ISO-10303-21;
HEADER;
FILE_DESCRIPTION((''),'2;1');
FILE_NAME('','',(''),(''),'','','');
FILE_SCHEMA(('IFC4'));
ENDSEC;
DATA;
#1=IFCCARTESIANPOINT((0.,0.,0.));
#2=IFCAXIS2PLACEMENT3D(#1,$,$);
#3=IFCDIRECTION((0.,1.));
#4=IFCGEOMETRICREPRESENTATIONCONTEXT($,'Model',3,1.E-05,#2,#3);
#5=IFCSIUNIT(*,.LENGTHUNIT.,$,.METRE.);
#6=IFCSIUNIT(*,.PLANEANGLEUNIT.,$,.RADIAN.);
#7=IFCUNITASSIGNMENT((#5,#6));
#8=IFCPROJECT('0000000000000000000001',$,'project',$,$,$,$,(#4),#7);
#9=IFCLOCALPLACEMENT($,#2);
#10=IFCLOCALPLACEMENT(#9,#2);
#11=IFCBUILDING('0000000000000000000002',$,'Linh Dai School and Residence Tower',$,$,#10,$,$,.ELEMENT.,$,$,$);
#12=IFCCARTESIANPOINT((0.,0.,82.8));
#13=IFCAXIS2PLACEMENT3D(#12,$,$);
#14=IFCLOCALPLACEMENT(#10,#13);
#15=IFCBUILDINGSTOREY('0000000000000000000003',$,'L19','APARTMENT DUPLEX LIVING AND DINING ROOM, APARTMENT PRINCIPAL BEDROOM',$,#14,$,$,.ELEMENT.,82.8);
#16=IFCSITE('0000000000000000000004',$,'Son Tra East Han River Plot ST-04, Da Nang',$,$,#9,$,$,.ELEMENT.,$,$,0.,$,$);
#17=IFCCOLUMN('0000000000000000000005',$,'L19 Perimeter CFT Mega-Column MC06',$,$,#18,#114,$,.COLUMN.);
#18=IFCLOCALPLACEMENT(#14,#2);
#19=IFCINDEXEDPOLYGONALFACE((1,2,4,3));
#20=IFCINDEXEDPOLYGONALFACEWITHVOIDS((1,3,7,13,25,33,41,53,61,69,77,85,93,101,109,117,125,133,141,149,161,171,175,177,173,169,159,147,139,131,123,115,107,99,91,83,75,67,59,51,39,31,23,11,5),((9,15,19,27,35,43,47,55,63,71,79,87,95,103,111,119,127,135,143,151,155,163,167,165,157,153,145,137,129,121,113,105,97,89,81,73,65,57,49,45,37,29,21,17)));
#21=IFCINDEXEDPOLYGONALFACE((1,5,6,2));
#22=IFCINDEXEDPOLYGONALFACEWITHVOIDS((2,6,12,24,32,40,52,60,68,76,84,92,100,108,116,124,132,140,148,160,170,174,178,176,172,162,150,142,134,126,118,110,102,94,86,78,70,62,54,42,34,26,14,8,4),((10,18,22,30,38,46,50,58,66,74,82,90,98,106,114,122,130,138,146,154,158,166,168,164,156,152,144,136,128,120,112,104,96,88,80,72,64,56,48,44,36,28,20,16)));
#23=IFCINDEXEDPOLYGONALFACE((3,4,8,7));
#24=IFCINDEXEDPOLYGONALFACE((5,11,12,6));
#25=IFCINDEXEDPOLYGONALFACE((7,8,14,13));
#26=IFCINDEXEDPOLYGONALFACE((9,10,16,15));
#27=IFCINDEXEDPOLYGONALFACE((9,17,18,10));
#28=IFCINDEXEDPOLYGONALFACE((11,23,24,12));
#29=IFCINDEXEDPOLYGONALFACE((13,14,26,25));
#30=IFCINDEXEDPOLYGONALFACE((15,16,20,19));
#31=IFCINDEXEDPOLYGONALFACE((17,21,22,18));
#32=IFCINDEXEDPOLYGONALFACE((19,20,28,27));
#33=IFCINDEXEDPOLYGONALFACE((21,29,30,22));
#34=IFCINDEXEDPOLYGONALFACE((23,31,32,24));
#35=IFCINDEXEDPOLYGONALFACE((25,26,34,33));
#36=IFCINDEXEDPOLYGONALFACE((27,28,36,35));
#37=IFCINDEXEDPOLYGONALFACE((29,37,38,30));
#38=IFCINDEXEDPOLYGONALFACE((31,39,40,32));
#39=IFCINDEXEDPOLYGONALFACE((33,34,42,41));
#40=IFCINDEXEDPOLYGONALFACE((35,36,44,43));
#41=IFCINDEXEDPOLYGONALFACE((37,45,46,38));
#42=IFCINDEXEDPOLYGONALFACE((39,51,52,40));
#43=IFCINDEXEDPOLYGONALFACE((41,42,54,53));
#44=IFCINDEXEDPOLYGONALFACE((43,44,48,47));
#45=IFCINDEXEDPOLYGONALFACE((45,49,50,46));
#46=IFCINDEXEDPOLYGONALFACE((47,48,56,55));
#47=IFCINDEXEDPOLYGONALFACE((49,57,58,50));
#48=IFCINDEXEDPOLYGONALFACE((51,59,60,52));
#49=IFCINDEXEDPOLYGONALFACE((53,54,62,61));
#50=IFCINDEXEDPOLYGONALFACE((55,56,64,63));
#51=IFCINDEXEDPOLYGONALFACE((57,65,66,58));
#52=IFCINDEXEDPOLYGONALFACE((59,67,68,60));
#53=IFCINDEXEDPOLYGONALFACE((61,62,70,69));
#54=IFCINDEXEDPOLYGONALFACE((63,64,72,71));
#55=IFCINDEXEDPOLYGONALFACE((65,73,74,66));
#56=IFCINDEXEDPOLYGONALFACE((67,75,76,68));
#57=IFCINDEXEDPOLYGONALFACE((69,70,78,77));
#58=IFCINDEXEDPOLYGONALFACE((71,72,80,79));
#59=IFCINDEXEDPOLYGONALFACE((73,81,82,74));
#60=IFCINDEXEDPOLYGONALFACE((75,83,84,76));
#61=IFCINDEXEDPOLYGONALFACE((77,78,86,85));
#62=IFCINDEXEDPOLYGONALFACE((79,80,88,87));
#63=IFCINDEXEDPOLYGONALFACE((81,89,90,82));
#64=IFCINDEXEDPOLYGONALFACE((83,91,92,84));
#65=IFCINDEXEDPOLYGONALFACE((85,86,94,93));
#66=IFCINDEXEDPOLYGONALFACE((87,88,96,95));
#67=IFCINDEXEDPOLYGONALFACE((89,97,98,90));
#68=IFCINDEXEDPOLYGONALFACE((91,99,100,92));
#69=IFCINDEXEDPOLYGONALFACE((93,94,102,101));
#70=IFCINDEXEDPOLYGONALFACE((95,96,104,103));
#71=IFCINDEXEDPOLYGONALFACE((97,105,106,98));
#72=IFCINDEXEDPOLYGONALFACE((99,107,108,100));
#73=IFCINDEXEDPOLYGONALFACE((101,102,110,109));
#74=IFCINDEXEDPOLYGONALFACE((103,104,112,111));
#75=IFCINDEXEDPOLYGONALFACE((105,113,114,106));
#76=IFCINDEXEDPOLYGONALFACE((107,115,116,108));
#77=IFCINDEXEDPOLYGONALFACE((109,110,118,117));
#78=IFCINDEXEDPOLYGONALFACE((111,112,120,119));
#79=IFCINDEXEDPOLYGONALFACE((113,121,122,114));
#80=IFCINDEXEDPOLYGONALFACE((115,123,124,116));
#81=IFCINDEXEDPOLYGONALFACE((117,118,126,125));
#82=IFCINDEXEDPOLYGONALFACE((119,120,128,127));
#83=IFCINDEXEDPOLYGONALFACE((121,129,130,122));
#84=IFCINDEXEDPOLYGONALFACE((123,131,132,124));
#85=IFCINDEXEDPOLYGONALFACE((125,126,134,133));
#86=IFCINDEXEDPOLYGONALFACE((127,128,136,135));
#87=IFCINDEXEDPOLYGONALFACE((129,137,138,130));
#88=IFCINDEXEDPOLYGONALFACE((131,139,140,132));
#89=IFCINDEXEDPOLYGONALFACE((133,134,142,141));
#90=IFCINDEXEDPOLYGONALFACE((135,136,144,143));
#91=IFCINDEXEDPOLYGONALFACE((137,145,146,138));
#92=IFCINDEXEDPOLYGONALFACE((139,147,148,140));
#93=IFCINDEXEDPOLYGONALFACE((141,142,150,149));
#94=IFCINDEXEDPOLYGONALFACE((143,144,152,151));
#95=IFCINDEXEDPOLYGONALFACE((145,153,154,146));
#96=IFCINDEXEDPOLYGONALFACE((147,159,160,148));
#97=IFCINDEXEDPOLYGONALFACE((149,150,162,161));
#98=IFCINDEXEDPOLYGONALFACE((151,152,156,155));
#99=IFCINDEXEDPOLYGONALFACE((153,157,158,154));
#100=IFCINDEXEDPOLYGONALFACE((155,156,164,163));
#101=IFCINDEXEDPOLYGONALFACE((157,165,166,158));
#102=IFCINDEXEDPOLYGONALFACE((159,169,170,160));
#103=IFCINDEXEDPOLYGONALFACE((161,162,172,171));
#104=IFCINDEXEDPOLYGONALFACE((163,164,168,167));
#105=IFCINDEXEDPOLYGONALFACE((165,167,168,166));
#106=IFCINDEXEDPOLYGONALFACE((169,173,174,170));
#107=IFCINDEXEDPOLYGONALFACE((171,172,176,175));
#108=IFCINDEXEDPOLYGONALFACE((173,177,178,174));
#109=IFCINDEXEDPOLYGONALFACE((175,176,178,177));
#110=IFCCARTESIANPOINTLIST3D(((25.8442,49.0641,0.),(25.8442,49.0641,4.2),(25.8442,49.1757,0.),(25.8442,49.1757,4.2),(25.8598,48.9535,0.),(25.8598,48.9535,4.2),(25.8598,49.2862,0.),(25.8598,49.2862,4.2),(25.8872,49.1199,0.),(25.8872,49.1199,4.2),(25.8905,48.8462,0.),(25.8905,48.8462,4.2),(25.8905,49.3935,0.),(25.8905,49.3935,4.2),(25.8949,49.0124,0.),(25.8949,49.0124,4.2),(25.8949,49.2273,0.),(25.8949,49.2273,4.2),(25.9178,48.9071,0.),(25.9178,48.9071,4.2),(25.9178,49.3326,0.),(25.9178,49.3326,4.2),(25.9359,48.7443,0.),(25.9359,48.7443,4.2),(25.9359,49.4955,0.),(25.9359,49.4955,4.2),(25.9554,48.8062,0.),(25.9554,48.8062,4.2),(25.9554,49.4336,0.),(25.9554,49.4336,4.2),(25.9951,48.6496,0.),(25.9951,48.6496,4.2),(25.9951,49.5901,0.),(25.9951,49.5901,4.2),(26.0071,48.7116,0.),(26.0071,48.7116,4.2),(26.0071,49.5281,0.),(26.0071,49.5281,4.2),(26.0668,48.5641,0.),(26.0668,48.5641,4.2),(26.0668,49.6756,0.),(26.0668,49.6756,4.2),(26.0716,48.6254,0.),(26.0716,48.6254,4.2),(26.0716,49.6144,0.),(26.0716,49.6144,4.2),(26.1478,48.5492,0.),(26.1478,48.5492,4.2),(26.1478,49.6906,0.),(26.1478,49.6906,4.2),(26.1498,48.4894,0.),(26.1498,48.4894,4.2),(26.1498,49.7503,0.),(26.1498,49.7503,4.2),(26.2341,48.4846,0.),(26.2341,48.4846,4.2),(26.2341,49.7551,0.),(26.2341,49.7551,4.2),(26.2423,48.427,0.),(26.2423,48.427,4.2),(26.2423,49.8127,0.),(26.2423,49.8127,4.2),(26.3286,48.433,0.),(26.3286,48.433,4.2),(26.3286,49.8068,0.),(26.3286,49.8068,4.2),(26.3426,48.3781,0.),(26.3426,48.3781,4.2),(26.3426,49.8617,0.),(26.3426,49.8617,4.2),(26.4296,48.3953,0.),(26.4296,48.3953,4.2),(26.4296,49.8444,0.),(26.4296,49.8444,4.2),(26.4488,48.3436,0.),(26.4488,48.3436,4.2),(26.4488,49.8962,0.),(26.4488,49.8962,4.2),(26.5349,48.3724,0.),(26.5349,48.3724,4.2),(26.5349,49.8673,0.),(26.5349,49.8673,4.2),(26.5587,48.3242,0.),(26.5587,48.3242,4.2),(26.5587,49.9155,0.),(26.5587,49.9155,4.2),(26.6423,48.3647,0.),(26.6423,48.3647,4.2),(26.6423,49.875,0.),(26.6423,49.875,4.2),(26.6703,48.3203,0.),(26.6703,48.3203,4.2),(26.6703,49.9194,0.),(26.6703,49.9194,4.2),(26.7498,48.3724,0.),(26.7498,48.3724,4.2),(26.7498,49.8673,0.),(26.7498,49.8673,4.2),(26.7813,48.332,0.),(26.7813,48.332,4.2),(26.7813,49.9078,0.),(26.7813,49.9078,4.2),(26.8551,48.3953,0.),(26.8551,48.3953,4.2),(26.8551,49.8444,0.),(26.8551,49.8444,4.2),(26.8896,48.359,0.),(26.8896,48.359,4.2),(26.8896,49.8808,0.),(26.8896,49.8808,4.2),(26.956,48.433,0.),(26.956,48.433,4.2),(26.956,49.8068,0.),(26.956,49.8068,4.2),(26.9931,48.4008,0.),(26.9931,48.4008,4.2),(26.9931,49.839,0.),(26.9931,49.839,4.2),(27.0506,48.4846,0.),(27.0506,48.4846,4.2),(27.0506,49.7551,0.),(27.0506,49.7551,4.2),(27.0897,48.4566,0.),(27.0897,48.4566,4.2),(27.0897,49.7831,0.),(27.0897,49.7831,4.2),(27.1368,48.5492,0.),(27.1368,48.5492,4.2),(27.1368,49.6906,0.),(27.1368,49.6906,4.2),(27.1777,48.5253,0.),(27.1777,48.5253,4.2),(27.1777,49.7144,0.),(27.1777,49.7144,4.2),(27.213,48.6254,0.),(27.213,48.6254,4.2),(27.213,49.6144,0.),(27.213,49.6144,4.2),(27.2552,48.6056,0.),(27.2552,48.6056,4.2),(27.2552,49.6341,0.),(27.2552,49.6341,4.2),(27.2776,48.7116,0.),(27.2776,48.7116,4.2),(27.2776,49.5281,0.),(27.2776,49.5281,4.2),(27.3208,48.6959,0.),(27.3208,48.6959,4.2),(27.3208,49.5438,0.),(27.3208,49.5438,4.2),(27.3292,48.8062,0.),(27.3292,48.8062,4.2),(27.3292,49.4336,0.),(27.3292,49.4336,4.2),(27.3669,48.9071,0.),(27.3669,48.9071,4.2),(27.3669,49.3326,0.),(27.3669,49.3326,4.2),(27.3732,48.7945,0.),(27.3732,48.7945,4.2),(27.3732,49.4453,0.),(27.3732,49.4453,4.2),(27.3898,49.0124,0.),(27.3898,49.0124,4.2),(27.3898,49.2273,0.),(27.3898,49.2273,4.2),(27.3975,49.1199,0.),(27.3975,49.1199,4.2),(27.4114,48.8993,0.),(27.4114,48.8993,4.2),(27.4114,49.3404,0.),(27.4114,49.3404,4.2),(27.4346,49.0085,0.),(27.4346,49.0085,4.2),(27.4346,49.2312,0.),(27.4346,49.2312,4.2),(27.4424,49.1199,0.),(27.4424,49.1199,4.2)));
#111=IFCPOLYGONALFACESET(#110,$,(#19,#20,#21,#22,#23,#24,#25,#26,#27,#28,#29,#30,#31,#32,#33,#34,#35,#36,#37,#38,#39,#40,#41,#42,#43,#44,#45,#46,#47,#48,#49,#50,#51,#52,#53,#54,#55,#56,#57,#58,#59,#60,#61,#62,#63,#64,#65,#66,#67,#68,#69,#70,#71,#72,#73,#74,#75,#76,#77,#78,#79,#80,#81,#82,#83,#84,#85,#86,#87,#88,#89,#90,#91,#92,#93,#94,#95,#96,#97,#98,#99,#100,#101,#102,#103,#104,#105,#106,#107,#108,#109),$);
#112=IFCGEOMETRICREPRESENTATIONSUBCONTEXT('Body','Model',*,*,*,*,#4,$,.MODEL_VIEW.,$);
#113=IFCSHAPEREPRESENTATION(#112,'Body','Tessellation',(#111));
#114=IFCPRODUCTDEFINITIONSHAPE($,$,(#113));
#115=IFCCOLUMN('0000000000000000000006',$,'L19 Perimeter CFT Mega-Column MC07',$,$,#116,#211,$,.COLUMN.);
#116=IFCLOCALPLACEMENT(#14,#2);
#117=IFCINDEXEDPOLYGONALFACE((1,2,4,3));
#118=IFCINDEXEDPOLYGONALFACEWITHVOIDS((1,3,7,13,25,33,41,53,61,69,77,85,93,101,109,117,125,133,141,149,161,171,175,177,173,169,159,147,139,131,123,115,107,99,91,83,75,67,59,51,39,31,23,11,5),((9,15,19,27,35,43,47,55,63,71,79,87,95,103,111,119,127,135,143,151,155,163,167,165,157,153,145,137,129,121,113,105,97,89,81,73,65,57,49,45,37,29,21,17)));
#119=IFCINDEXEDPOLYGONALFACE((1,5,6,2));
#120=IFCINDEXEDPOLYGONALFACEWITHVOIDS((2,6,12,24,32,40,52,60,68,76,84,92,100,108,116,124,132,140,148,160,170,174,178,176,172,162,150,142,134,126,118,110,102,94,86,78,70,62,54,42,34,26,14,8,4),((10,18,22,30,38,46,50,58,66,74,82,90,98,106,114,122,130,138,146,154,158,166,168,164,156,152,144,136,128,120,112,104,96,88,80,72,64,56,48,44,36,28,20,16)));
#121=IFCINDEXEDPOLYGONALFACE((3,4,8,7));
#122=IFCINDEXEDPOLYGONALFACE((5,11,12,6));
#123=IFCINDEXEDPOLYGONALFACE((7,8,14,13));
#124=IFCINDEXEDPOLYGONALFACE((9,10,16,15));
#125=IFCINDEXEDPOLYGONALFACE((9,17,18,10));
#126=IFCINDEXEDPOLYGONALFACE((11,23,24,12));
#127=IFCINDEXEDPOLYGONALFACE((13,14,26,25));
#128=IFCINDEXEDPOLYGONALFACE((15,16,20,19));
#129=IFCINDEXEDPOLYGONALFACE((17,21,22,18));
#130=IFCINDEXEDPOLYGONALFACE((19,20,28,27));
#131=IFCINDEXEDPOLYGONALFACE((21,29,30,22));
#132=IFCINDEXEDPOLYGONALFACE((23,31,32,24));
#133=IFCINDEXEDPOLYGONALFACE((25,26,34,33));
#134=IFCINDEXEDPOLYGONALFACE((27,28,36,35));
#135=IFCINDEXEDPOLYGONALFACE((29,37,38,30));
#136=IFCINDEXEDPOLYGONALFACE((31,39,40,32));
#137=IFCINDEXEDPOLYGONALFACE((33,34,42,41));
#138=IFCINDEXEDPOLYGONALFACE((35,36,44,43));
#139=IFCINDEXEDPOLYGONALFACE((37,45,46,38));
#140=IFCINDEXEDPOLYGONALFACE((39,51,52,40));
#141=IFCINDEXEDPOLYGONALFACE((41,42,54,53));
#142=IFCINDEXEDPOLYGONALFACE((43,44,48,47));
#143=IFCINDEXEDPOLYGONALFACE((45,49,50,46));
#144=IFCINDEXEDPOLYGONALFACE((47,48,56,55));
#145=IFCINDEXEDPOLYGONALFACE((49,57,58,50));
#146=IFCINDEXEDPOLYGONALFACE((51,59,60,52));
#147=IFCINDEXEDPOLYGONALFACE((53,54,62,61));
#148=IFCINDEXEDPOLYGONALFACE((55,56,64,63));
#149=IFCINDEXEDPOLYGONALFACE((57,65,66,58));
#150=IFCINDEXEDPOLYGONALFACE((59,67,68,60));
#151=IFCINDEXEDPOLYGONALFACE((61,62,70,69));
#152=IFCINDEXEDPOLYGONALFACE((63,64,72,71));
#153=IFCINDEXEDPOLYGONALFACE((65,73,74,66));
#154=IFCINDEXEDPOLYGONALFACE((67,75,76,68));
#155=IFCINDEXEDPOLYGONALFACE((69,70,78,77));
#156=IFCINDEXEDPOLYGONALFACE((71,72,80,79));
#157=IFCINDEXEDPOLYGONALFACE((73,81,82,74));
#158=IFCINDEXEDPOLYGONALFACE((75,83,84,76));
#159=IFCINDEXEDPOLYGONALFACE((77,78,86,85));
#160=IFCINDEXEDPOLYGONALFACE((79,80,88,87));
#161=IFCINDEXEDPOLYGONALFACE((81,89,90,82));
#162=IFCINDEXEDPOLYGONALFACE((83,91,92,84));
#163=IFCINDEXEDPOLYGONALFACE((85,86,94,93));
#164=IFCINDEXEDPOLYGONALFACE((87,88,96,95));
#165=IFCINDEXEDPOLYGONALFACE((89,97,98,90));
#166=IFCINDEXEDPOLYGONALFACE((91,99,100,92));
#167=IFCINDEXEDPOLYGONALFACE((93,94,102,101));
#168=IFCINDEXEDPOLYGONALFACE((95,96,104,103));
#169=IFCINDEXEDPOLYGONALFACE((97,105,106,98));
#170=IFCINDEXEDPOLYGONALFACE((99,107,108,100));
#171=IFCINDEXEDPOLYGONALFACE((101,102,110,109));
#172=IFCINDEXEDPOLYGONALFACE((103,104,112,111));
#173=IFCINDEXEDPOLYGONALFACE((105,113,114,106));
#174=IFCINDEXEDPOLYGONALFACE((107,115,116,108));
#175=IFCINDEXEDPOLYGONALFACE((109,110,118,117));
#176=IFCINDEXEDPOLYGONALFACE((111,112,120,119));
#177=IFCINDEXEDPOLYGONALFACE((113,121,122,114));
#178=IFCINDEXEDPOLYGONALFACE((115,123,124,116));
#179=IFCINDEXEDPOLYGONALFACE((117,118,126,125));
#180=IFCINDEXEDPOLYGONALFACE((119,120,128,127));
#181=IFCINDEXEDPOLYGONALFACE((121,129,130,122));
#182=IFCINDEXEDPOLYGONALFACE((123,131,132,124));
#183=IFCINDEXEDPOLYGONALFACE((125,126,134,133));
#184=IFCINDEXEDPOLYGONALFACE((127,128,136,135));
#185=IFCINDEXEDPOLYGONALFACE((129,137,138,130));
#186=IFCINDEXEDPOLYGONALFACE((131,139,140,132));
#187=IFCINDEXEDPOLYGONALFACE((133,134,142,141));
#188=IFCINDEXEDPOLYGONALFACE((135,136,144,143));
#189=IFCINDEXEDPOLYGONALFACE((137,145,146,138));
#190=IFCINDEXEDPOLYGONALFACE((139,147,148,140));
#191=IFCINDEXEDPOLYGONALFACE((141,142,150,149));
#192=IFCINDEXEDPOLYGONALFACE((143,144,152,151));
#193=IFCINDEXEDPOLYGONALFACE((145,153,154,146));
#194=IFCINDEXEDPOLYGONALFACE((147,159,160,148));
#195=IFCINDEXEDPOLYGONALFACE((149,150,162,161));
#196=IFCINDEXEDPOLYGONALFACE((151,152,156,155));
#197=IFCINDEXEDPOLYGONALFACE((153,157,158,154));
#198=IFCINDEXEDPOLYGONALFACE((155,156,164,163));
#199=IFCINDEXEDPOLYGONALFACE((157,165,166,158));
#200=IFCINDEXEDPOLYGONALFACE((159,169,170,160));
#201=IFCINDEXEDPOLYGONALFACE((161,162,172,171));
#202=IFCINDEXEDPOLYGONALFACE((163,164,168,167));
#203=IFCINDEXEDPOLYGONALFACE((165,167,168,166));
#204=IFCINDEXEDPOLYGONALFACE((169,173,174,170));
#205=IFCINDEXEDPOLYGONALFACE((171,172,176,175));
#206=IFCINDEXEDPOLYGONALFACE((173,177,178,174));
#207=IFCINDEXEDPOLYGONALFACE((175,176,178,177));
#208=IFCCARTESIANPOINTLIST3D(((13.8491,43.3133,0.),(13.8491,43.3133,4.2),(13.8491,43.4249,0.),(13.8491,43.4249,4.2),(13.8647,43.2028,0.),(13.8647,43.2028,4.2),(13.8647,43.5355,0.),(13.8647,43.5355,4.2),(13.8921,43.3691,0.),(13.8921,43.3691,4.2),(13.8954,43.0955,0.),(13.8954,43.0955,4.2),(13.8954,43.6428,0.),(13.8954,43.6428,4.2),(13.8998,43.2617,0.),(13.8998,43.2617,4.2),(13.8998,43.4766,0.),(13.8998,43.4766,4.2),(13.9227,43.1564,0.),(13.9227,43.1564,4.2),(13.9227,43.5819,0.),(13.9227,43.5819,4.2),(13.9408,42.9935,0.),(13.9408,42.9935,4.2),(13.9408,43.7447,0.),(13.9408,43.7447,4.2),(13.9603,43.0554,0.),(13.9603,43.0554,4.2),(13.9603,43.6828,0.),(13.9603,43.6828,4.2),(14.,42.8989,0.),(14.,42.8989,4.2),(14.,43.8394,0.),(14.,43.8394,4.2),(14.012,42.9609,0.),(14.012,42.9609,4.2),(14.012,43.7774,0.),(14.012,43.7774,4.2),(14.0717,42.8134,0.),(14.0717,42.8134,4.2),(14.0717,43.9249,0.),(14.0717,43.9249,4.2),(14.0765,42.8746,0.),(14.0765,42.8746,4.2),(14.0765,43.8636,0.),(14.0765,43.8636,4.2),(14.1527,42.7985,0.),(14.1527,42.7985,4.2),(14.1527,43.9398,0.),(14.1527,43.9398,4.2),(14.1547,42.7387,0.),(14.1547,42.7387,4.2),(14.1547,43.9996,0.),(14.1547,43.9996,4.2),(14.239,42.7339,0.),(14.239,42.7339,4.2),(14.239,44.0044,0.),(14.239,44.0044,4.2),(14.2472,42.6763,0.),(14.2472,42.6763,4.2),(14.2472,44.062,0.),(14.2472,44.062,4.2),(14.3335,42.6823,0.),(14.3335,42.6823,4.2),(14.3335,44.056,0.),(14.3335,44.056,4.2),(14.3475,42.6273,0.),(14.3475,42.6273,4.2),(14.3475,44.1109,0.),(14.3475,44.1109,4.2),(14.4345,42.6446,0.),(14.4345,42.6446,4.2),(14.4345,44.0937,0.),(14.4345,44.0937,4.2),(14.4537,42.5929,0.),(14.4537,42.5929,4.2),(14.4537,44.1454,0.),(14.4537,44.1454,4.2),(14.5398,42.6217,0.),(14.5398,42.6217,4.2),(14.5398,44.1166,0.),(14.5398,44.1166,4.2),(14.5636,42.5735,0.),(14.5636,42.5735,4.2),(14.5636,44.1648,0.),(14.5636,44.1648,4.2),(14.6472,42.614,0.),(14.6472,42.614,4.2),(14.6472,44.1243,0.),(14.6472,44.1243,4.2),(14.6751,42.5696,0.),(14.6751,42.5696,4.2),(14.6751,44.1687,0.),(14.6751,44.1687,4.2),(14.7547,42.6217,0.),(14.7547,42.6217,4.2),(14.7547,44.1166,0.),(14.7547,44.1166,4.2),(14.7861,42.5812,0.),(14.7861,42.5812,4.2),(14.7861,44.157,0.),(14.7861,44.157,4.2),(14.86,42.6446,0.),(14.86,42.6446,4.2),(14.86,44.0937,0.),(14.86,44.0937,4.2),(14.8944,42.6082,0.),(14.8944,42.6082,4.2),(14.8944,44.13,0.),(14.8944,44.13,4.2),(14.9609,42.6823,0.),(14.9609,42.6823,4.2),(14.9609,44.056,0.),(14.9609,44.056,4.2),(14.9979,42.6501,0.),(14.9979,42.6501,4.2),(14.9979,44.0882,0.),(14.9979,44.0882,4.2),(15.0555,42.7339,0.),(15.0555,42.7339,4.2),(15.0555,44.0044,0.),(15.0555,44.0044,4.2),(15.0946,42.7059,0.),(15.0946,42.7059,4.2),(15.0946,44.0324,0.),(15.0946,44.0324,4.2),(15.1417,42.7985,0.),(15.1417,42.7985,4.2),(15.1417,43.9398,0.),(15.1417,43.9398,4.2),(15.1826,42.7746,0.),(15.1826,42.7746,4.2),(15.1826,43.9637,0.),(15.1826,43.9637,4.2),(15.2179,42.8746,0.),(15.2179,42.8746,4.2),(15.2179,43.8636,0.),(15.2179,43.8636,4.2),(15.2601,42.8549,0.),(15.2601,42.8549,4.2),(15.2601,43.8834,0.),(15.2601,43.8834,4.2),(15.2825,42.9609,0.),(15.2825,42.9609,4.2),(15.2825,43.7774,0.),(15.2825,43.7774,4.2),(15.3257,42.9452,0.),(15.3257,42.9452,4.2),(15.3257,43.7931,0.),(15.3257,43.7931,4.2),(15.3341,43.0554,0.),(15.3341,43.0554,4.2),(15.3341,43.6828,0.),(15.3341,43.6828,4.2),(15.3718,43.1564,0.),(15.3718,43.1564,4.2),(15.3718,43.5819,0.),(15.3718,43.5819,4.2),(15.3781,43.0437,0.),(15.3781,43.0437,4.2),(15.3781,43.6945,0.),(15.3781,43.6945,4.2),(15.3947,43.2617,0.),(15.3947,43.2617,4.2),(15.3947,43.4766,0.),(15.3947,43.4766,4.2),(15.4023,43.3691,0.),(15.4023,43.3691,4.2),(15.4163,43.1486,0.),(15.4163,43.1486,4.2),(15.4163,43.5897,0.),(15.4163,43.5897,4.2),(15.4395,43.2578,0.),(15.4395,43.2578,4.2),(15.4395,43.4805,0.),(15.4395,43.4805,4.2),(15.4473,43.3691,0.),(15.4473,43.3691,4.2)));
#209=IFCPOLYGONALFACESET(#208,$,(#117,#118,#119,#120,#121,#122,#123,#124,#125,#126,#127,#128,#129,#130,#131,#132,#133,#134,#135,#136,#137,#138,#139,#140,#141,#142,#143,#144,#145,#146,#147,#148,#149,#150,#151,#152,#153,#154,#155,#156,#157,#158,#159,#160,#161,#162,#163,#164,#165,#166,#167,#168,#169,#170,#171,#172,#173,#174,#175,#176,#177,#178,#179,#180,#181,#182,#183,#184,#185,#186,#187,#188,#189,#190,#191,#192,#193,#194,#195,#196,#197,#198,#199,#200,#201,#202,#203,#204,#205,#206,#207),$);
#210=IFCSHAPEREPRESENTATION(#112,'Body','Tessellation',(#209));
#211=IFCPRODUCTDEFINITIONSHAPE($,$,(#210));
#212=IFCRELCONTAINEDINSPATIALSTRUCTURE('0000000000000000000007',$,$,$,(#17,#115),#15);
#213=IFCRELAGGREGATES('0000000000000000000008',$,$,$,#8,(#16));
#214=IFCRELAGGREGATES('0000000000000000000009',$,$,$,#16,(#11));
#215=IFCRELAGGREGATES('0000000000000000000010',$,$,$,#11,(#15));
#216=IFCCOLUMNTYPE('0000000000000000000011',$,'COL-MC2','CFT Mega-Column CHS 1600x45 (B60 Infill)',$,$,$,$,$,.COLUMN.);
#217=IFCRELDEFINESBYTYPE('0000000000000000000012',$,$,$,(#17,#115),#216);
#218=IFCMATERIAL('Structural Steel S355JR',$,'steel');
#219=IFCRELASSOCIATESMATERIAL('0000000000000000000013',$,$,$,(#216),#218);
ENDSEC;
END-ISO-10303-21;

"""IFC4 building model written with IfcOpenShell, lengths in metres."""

from ifc_helpers import new_model, si_unit, direction, frame, origin, origin_2d, place, context, subcontext, project, spatial, hollow_circle, extrude, material, material_profile, profile_set, type_object, element, save


model = new_model("IFC4")

# Units and contexts
model_context = context("Model", 3, precision=1e-05, world=origin(), true_north=direction((0.0, 1.0)))
body_context = subcontext(model_context, "Body", "Model", "MODEL_VIEW")
ifc_project = project(units=[si_unit("LENGTHUNIT", "METRE"), si_unit("PLANEANGLEUNIT", "RADIAN")], contexts=[model_context])

# Site, building, storey
site_placement = place(None, origin())
site = spatial("IfcSite", under=ifc_project, at=site_placement, Name="Son Tra East Han River Plot ST-04, Da Nang", CompositionType="ELEMENT", RefElevation=0.0)
building_placement = place(site_placement, origin())
building = spatial("IfcBuilding", under=site, at=building_placement, Name="Linh Dai School and Residence Tower", CompositionType="ELEMENT")
storey_placement = place(building_placement, frame((0.0, 0.0, 82.8)))
storey = spatial("IfcBuildingStorey", under=building, at=storey_placement, Name="L19", Description="APARTMENT DUPLEX LIVING AND DINING ROOM, APARTMENT PRINCIPAL BEDROOM", CompositionType="ELEMENT", Elevation=82.8)

# Columns
ifc_material_1 = material(Name="Structural Steel S355JR", Category="steel")
ifc_material_profile_1 = material_profile(ifc_material_1, hollow_circle(Radius=0.8, WallThickness=0.0449, at=origin_2d()), Name="CHS 1600x45")
ifc_profile_set_1 = profile_set([ifc_material_profile_1], Name="Structural Steel S355JR")
column_type = type_object("IfcColumnType", Name="COL-MC2", Description="CFT Mega-Column CHS 1600x45 (B60 Infill)", PredefinedType="COLUMN", material=ifc_profile_set_1)
for number, where, z_axis, x_axis, name in (
    (1, (26.6423, 49.1199, 0.0), (0.0, 0.0, 1.0), (1.0, 0.0, 0.0), "L19 Perimeter CFT Mega-Column MC06"),
    (2, (14.6472, 43.3691, 0.0), (0.0, 0.0, 1.0), (1.0, 0.0, 0.0), "L19 Perimeter CFT Mega-Column MC07"),
):
    element("IfcColumn", number, at=place(storey_placement, frame(where, z_axis=z_axis, x_axis=x_axis)), inside=storey, type_object=column_type, Name=name, PredefinedType="COLUMN", context=body_context, shape_type="SweptSolid", body=[
        extrude(hollow_circle(Radius=0.8, WallThickness=0.0449, at=origin_2d()), origin(), (0.0, 0.0, 1.0), 4.2),
    ])

save(model, "model.ifc")
